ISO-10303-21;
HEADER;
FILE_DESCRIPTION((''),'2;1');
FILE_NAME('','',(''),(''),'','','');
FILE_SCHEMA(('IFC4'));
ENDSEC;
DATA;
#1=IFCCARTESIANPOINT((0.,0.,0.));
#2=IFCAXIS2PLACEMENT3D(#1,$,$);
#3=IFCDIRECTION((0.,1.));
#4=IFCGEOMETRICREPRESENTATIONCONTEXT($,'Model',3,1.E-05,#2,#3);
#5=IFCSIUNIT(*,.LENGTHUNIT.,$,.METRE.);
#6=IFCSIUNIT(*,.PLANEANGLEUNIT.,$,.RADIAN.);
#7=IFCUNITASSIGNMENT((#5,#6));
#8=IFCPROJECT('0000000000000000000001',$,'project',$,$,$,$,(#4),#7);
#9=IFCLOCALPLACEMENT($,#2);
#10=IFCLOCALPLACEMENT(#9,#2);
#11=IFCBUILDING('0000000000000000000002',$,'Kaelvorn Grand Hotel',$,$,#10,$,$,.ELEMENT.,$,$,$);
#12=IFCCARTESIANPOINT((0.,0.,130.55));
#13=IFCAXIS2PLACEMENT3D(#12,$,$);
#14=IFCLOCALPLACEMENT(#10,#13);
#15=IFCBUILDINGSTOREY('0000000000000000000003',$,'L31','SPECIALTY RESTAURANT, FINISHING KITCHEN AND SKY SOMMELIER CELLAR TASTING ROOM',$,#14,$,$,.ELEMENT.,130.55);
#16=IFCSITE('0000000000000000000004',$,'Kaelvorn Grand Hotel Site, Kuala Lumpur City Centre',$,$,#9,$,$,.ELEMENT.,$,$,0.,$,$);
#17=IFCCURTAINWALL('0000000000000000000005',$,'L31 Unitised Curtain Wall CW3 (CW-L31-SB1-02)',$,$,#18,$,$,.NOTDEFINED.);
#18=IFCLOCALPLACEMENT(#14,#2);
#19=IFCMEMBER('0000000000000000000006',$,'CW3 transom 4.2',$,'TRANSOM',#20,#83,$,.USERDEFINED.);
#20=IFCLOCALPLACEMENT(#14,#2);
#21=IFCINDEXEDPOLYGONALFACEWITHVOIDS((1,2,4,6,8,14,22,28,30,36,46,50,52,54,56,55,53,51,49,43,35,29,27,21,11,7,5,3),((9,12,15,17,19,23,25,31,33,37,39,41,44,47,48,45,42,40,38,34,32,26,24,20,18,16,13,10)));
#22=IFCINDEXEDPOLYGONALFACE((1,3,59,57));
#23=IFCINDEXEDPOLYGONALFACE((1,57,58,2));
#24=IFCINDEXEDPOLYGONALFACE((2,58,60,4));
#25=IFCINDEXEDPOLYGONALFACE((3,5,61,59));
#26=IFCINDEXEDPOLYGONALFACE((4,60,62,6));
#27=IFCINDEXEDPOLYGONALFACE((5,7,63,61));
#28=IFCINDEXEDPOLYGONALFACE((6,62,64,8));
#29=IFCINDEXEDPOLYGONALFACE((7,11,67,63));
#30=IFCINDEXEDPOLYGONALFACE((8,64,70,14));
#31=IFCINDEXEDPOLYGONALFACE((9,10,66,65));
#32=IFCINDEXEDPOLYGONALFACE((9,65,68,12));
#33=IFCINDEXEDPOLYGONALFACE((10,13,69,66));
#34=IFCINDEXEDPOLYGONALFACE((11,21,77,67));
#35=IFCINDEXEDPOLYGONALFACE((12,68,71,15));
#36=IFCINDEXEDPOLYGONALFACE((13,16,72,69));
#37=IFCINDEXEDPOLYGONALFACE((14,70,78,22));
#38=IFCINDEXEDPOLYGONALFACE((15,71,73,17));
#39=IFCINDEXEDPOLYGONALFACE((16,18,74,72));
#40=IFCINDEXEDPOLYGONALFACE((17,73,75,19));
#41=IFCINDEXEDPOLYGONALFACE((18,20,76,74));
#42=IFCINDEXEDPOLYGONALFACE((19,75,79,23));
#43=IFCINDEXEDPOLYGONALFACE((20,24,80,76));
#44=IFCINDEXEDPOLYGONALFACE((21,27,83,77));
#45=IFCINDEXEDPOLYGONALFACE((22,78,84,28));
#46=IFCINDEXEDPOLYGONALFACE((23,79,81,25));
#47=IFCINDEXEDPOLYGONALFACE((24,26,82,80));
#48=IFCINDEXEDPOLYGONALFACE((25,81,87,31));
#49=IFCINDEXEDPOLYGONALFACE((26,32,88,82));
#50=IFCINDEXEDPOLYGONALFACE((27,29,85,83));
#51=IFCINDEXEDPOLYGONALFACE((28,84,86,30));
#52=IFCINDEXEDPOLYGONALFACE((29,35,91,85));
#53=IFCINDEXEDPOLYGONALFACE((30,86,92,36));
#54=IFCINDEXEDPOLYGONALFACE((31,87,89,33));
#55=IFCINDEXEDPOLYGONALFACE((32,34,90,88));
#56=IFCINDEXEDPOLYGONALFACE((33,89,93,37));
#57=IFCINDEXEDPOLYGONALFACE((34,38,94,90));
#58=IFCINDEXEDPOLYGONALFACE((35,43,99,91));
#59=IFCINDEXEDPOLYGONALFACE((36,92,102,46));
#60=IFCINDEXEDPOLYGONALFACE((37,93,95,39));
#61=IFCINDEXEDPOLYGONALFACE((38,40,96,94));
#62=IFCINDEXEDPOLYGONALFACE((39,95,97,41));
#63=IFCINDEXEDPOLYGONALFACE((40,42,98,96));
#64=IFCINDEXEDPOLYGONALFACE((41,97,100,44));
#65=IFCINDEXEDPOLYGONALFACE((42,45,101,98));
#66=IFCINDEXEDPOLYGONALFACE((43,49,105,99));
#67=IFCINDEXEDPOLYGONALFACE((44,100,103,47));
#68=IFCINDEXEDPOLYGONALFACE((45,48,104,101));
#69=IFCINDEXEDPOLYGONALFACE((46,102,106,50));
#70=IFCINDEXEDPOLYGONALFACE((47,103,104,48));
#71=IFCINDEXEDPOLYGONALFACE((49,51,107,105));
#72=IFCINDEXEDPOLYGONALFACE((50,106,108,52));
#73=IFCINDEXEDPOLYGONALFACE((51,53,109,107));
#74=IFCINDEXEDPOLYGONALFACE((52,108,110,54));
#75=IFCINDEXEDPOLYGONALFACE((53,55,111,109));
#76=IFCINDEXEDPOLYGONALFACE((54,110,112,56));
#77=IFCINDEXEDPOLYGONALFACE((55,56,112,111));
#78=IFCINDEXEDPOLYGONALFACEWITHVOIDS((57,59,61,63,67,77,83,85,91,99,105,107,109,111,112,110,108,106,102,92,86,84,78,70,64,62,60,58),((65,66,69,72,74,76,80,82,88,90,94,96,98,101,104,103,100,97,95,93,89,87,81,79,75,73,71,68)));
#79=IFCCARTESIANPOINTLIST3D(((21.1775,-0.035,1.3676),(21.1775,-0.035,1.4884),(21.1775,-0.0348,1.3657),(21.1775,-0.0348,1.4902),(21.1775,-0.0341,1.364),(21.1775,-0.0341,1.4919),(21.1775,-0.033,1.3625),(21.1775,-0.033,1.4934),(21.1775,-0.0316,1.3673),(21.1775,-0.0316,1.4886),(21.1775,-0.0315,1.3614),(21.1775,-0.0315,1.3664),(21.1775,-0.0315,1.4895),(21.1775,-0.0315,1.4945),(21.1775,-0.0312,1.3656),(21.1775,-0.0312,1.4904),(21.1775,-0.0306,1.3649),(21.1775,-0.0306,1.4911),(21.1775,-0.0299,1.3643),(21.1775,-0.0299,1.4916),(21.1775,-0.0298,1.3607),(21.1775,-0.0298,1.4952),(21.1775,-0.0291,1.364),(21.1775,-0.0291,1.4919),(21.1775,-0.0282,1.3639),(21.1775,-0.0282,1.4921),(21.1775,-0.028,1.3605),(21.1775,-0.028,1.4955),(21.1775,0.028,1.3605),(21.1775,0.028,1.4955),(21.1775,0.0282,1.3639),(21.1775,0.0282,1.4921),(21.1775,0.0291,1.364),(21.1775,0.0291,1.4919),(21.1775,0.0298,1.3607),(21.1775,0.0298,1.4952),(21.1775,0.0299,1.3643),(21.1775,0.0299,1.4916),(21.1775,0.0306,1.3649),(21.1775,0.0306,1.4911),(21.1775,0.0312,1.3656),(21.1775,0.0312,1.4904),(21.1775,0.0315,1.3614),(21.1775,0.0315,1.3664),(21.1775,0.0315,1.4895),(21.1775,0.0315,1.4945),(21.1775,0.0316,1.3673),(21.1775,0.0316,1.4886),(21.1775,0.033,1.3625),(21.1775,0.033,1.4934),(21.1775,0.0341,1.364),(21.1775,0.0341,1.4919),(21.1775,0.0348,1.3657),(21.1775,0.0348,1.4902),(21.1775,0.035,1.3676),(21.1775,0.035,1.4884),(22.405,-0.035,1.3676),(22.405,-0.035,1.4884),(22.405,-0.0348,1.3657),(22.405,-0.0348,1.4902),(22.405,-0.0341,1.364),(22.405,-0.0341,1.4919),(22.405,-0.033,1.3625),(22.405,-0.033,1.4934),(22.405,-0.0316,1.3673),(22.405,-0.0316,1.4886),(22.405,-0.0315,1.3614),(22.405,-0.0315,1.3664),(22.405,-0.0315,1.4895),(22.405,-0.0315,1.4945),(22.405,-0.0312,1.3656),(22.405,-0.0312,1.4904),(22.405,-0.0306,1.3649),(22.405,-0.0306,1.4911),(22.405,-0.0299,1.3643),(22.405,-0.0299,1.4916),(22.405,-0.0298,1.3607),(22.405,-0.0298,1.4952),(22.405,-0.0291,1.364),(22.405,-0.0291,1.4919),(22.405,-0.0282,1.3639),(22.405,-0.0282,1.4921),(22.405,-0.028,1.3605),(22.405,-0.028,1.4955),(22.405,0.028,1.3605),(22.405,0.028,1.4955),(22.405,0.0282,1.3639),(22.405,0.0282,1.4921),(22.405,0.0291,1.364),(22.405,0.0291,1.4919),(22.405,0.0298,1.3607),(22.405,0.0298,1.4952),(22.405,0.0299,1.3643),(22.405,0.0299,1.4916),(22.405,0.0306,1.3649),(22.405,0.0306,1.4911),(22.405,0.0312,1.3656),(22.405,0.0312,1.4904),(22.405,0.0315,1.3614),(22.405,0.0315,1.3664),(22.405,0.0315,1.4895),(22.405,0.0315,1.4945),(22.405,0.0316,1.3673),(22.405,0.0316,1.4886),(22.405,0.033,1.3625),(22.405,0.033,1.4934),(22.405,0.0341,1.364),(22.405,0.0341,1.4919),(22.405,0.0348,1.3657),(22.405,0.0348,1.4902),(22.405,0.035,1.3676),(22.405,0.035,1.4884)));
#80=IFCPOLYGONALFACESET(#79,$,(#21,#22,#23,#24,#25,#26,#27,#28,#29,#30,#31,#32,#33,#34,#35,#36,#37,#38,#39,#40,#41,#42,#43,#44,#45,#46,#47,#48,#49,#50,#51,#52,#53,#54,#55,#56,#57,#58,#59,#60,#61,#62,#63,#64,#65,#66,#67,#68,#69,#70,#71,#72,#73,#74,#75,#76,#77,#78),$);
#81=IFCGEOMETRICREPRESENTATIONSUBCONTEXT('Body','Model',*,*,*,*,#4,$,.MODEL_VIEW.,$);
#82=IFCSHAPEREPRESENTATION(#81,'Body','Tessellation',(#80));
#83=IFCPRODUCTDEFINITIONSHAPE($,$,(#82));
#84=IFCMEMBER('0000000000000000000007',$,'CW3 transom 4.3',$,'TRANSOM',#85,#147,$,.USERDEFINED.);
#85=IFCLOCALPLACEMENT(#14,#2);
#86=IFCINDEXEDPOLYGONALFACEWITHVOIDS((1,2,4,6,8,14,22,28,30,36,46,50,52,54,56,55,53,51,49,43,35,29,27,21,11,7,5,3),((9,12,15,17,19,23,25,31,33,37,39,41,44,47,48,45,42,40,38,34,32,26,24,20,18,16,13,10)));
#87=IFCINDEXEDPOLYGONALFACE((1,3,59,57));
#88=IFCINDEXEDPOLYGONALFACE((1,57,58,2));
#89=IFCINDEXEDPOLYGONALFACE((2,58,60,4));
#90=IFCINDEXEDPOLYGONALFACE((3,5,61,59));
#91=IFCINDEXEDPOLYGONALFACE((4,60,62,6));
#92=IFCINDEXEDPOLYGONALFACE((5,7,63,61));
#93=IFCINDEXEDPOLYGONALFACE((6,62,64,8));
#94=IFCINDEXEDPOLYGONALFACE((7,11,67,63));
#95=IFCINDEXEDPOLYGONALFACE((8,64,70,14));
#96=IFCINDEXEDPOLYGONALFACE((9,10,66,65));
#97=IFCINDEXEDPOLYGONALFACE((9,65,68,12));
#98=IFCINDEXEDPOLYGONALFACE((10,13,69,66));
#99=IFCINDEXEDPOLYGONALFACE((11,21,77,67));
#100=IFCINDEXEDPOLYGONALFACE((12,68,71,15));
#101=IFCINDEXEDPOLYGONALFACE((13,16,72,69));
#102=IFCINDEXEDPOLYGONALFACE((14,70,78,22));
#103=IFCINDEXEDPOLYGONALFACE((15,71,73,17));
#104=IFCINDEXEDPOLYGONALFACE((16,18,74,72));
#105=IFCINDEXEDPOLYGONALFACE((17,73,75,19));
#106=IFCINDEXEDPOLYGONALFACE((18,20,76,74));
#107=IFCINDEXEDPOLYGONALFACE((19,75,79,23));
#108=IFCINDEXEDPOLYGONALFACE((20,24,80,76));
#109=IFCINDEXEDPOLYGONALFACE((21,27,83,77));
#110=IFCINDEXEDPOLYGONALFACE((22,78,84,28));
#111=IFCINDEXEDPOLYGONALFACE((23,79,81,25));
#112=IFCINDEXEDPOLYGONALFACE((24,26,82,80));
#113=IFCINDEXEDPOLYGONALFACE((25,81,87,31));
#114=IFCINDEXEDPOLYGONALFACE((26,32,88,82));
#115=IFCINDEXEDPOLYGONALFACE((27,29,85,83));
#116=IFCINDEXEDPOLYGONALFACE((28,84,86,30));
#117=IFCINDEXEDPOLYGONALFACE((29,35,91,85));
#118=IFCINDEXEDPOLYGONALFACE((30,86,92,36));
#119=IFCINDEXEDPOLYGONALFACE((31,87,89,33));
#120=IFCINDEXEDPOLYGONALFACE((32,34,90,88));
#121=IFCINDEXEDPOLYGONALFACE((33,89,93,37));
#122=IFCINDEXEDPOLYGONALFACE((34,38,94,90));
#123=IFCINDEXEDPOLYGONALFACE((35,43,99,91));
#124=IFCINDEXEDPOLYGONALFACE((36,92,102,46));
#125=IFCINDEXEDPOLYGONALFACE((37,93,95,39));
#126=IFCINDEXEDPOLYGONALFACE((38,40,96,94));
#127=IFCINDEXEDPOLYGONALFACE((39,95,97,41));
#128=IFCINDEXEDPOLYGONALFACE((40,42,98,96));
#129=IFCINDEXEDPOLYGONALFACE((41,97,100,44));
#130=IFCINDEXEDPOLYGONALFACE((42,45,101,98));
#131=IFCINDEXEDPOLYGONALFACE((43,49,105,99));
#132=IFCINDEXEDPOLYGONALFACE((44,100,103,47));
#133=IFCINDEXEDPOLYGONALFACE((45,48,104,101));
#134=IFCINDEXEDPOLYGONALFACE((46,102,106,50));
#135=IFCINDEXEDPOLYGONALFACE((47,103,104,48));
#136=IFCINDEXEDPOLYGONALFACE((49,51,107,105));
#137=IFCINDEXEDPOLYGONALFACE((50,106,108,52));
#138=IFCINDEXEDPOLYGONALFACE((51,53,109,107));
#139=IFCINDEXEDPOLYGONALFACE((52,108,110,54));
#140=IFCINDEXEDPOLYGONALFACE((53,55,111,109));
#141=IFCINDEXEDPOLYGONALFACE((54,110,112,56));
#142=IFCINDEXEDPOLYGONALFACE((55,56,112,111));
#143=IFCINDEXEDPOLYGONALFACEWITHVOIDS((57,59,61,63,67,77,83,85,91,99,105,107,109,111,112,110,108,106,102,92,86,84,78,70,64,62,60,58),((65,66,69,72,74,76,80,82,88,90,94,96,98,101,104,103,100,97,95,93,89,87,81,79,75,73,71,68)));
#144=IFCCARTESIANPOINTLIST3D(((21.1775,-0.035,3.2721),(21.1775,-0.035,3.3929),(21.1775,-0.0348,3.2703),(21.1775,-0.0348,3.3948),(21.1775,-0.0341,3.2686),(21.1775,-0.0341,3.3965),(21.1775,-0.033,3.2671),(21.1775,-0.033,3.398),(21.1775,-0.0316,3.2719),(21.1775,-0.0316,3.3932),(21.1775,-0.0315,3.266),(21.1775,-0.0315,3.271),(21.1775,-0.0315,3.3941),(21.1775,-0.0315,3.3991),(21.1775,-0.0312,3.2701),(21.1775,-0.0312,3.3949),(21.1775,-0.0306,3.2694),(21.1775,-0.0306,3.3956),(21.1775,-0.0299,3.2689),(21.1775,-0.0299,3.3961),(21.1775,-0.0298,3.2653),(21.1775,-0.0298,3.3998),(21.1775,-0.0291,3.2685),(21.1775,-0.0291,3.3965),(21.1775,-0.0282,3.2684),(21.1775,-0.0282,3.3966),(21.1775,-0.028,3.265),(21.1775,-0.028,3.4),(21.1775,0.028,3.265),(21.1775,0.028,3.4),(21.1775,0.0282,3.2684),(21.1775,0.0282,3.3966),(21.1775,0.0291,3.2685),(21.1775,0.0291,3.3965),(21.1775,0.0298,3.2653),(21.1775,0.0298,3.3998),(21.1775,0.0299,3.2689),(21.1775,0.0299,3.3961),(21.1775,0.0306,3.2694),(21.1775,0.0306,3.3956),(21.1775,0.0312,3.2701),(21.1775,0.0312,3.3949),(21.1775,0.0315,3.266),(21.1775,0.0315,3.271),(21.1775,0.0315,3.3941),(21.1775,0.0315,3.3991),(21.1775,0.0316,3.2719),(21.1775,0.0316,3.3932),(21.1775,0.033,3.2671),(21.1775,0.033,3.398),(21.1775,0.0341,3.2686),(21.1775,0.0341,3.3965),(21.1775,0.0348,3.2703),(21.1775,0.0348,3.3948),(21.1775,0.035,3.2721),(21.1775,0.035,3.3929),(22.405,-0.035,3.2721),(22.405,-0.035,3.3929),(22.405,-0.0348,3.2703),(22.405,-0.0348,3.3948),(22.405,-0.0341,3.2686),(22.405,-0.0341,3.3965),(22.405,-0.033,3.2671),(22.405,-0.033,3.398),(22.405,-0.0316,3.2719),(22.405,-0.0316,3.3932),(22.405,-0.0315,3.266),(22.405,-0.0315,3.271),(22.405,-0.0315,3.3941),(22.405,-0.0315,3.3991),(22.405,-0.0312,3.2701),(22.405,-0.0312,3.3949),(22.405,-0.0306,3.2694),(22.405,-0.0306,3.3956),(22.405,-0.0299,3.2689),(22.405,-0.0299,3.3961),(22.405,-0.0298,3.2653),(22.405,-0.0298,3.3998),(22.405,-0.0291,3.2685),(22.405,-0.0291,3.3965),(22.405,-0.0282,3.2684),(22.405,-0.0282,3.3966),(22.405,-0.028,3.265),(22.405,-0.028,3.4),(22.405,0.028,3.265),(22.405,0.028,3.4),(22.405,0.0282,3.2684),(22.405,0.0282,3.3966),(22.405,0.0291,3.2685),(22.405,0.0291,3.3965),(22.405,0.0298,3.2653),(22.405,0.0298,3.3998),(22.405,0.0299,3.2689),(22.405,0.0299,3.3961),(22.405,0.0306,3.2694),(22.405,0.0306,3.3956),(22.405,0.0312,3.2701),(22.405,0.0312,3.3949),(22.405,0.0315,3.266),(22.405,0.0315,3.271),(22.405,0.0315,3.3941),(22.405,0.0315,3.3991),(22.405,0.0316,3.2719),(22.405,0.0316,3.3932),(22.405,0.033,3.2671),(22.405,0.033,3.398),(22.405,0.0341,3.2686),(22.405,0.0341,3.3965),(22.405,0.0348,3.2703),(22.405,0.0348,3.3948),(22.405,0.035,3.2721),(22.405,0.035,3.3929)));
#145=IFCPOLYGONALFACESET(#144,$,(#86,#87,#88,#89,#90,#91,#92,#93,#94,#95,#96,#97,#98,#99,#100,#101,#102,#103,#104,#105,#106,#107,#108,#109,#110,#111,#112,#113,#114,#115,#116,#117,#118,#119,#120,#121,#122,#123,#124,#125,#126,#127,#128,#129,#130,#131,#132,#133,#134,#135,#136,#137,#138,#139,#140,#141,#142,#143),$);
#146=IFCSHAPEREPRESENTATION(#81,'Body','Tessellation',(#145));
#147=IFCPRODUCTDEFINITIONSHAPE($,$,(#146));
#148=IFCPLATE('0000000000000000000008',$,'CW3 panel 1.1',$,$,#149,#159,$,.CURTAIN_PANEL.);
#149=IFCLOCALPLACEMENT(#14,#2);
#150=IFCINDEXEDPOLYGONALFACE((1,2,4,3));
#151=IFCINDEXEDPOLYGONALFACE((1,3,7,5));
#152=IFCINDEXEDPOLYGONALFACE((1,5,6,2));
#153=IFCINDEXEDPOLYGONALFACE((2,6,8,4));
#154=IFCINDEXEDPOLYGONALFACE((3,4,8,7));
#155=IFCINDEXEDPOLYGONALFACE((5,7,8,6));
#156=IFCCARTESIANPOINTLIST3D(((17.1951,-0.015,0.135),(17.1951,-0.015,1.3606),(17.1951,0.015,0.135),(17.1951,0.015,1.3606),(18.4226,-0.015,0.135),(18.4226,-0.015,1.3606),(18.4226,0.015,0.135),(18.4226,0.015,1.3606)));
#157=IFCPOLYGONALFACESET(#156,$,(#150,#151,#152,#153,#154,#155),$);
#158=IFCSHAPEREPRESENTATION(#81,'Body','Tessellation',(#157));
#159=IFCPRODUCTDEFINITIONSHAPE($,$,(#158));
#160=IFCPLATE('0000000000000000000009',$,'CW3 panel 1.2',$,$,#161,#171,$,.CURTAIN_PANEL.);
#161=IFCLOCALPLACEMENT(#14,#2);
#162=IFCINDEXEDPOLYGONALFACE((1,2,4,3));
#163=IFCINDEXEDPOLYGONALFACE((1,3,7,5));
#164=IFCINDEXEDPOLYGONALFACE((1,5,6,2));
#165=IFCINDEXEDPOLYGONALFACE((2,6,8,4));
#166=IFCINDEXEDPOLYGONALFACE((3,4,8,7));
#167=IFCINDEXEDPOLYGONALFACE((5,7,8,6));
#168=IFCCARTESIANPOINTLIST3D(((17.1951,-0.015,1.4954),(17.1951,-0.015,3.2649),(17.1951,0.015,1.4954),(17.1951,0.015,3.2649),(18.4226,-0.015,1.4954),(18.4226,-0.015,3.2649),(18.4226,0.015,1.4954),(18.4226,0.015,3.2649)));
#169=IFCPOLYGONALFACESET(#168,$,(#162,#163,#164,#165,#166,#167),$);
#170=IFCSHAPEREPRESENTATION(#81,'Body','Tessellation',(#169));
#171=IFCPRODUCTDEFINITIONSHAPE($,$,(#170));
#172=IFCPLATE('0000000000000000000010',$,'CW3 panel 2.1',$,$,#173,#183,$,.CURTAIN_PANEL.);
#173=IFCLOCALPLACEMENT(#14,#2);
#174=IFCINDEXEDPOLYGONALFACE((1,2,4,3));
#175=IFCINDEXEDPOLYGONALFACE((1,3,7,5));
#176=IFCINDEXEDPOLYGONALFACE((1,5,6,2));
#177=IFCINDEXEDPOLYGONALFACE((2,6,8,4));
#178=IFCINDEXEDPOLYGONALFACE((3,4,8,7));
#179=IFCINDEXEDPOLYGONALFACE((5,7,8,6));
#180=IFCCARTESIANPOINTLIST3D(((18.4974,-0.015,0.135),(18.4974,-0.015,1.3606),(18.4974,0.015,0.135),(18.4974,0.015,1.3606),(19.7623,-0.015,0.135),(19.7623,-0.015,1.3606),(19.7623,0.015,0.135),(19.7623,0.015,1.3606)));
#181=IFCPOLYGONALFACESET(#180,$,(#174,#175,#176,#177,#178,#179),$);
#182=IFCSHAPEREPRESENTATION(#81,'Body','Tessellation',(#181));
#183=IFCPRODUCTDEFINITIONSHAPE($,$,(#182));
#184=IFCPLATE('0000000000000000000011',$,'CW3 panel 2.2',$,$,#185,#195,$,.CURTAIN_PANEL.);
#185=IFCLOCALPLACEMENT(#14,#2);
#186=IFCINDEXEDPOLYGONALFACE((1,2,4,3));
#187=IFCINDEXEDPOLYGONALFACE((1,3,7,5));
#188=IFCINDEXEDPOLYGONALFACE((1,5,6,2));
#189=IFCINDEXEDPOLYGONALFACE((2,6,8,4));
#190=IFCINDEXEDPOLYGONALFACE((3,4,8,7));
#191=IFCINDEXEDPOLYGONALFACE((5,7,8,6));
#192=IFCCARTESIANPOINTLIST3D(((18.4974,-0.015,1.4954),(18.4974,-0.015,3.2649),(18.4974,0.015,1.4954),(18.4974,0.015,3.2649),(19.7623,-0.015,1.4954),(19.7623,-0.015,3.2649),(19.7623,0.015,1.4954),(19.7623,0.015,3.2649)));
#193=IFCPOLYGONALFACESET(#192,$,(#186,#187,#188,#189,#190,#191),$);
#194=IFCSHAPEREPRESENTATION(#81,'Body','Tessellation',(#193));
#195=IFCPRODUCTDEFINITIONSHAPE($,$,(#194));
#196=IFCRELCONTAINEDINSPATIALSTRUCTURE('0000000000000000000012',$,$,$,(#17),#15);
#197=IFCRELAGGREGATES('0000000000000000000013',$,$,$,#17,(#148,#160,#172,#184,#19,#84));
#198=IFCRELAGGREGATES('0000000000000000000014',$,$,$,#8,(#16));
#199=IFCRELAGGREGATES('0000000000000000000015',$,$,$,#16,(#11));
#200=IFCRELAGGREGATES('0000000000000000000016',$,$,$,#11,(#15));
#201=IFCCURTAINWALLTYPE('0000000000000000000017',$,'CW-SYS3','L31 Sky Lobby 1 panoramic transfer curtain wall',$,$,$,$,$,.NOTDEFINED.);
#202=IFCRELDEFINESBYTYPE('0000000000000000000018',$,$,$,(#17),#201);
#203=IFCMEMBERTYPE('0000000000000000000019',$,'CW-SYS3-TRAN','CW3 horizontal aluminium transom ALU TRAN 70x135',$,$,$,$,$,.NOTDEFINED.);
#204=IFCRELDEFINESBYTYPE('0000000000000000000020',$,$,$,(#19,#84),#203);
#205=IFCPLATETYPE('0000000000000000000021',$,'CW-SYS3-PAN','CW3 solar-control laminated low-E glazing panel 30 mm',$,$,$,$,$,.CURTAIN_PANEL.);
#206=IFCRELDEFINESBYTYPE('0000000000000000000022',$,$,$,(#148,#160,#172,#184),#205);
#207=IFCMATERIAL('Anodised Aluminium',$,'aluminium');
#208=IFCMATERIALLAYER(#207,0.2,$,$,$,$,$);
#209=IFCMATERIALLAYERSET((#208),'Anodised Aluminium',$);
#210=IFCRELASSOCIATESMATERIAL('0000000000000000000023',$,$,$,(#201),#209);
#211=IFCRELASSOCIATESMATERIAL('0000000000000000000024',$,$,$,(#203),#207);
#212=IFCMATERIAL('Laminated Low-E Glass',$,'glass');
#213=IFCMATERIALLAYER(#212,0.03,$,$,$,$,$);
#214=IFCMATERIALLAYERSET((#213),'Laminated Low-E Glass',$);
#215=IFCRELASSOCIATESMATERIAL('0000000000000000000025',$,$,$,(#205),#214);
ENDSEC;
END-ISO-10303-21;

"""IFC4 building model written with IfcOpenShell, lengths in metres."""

from ifc_helpers import new_model, si_unit, direction, frame, origin, origin_2d, place, context, subcontext, project, spatial, rectangle, hollow_rectangle, extrude, material, layer, layer_set, material_profile, profile_set, type_object, element, aggregate, save


model = new_model("IFC4")

# Units and contexts
model_context = context("Model", 3, precision=1e-05, world=origin(), true_north=direction((0.0, 1.0)))
body_context = subcontext(model_context, "Body", "Model", "MODEL_VIEW")
ifc_project = project(units=[si_unit("LENGTHUNIT", "METRE"), si_unit("PLANEANGLEUNIT", "RADIAN")], contexts=[model_context])

# Site, building, storey
site_placement = place(None, origin())
site = spatial("IfcSite", under=ifc_project, at=site_placement, Name="Kaelvorn Grand Hotel Site, Kuala Lumpur City Centre", CompositionType="ELEMENT", RefElevation=0.0)
building_placement = place(site_placement, origin())
building = spatial("IfcBuilding", under=site, at=building_placement, Name="Kaelvorn Grand Hotel", CompositionType="ELEMENT")
storey_placement = place(building_placement, frame((0.0, 0.0, 130.55)))
storey = spatial("IfcBuildingStorey", under=building, at=storey_placement, Name="L31", Description="SPECIALTY RESTAURANT, FINISHING KITCHEN AND SKY SOMMELIER CELLAR TASTING ROOM", CompositionType="ELEMENT", Elevation=130.55)

# Curtain wall, members, plates
ifc_material_1 = material(Name="Anodised Aluminium", Category="aluminium")
ifc_layer_1 = layer(ifc_material_1, 0.2)
ifc_layer_set_1 = layer_set([ifc_layer_1], Name="Anodised Aluminium")
curtain_wall_type = type_object("IfcCurtainWallType", Name="CW-SYS3", Description="L31 Sky Lobby 1 panoramic transfer curtain wall", PredefinedType="NOTDEFINED", material=ifc_layer_set_1)
curtain_wall_placement = place(storey_placement, origin())
curtain_wall = element("IfcCurtainWall", 1, at=curtain_wall_placement, inside=storey, type_object=curtain_wall_type, Name="L31 Unitised Curtain Wall CW3 (CW-L31-SB1-02)", PredefinedType="NOTDEFINED")
ifc_material_profile_1 = material_profile(ifc_material_1, hollow_rectangle(XDim=0.0701, YDim=0.135, WallThickness=0.0034, InnerFilletRadius=0.0034, OuterFilletRadius=0.0071, at=origin_2d()), Name="ALU TRAN 70x135")
ifc_profile_set_1 = profile_set([ifc_material_profile_1], Name="Anodised Aluminium")
member_type_1 = type_object("IfcMemberType", Name="CW-SYS3-TRAN", Description="CW3 horizontal aluminium transom ALU TRAN 70x135", PredefinedType="NOTDEFINED", material=ifc_profile_set_1)
member_1_placement = place(storey_placement, frame((21.1775, 0.0, 1.428), z_axis=(1.0, 0.0, 0.0), x_axis=(0.0, 1.0, 0.0)))
member_1 = element("IfcMember", 2, at=member_1_placement, type_object=member_type_1, Name="CW3 transom 4.2", ObjectType="TRANSOM", PredefinedType="USERDEFINED", context=body_context, shape_type="SweptSolid", body=[
    extrude(hollow_rectangle(XDim=0.0701, YDim=0.135, WallThickness=0.0034, InnerFilletRadius=0.0034, OuterFilletRadius=0.0071, at=origin_2d()), origin(), (0.0, 0.0, 1.0), 1.2275),
])
member_2_placement = place(storey_placement, frame((21.1775, 0.0, 3.3325), z_axis=(1.0, 0.0, 0.0), x_axis=(0.0, 1.0, 0.0)))
member_2 = element("IfcMember", 3, at=member_2_placement, type_object=member_type_1, Name="CW3 transom 4.3", ObjectType="TRANSOM", PredefinedType="USERDEFINED", context=body_context, shape_type="SweptSolid", body=[
    extrude(hollow_rectangle(XDim=0.0701, YDim=0.135, WallThickness=0.0034, InnerFilletRadius=0.0034, OuterFilletRadius=0.0071, at=origin_2d()), origin(), (0.0, 0.0, 1.0), 1.2275),
])
ifc_material_2 = material(Name="Laminated Low-E Glass", Category="glass")
ifc_layer_2 = layer(ifc_material_2, 0.03)
ifc_layer_set_2 = layer_set([ifc_layer_2], Name="Laminated Low-E Glass")
plate_type = type_object("IfcPlateType", Name="CW-SYS3-PAN", Description="CW3 solar-control laminated low-E glazing panel 30 mm", PredefinedType="CURTAIN_PANEL", material=ifc_layer_set_2)
plate_1_placement = place(storey_placement, frame((17.8088, 0.0, 0.135), z_axis=(0.0, 0.0, 1.0), x_axis=(1.0, 0.0, 0.0)))
plate_1 = element("IfcPlate", 4, at=plate_1_placement, type_object=plate_type, Name="CW3 panel 1.1", PredefinedType="CURTAIN_PANEL", context=body_context, shape_type="SweptSolid", body=[
    extrude(rectangle(XDim=1.2275, YDim=0.03, at=origin_2d()), origin(), (0.0, 0.0, 1.0), 1.2256),
])
plate_2_placement = place(storey_placement, frame((17.8088, 0.0, 1.4954), z_axis=(0.0, 0.0, 1.0), x_axis=(1.0, 0.0, 0.0)))
plate_2 = element("IfcPlate", 5, at=plate_2_placement, type_object=plate_type, Name="CW3 panel 1.2", PredefinedType="CURTAIN_PANEL", context=body_context, shape_type="SweptSolid", body=[
    extrude(rectangle(XDim=1.2275, YDim=0.03, at=origin_2d()), origin(), (0.0, 0.0, 1.0), 1.7695),
])
plate_3_placement = place(storey_placement, frame((19.1299, 0.0, 0.135), z_axis=(0.0, 0.0, 1.0), x_axis=(1.0, 0.0, 0.0)))
plate_3 = element("IfcPlate", 6, at=plate_3_placement, type_object=plate_type, Name="CW3 panel 2.1", PredefinedType="CURTAIN_PANEL", context=body_context, shape_type="SweptSolid", body=[
    extrude(rectangle(XDim=1.2649, YDim=0.03, at=origin_2d()), origin(), (0.0, 0.0, 1.0), 1.2256),
])
plate_4_placement = place(storey_placement, frame((19.1299, 0.0, 1.4954), z_axis=(0.0, 0.0, 1.0), x_axis=(1.0, 0.0, 0.0)))
plate_4 = element("IfcPlate", 7, at=plate_4_placement, type_object=plate_type, Name="CW3 panel 2.2", PredefinedType="CURTAIN_PANEL", context=body_context, shape_type="SweptSolid", body=[
    extrude(rectangle(XDim=1.2649, YDim=0.03, at=origin_2d()), origin(), (0.0, 0.0, 1.0), 1.7695),
])
aggregate(curtain_wall, [plate_1, plate_2, plate_3, plate_4, member_1, member_2])

save(model, "model.ifc")
